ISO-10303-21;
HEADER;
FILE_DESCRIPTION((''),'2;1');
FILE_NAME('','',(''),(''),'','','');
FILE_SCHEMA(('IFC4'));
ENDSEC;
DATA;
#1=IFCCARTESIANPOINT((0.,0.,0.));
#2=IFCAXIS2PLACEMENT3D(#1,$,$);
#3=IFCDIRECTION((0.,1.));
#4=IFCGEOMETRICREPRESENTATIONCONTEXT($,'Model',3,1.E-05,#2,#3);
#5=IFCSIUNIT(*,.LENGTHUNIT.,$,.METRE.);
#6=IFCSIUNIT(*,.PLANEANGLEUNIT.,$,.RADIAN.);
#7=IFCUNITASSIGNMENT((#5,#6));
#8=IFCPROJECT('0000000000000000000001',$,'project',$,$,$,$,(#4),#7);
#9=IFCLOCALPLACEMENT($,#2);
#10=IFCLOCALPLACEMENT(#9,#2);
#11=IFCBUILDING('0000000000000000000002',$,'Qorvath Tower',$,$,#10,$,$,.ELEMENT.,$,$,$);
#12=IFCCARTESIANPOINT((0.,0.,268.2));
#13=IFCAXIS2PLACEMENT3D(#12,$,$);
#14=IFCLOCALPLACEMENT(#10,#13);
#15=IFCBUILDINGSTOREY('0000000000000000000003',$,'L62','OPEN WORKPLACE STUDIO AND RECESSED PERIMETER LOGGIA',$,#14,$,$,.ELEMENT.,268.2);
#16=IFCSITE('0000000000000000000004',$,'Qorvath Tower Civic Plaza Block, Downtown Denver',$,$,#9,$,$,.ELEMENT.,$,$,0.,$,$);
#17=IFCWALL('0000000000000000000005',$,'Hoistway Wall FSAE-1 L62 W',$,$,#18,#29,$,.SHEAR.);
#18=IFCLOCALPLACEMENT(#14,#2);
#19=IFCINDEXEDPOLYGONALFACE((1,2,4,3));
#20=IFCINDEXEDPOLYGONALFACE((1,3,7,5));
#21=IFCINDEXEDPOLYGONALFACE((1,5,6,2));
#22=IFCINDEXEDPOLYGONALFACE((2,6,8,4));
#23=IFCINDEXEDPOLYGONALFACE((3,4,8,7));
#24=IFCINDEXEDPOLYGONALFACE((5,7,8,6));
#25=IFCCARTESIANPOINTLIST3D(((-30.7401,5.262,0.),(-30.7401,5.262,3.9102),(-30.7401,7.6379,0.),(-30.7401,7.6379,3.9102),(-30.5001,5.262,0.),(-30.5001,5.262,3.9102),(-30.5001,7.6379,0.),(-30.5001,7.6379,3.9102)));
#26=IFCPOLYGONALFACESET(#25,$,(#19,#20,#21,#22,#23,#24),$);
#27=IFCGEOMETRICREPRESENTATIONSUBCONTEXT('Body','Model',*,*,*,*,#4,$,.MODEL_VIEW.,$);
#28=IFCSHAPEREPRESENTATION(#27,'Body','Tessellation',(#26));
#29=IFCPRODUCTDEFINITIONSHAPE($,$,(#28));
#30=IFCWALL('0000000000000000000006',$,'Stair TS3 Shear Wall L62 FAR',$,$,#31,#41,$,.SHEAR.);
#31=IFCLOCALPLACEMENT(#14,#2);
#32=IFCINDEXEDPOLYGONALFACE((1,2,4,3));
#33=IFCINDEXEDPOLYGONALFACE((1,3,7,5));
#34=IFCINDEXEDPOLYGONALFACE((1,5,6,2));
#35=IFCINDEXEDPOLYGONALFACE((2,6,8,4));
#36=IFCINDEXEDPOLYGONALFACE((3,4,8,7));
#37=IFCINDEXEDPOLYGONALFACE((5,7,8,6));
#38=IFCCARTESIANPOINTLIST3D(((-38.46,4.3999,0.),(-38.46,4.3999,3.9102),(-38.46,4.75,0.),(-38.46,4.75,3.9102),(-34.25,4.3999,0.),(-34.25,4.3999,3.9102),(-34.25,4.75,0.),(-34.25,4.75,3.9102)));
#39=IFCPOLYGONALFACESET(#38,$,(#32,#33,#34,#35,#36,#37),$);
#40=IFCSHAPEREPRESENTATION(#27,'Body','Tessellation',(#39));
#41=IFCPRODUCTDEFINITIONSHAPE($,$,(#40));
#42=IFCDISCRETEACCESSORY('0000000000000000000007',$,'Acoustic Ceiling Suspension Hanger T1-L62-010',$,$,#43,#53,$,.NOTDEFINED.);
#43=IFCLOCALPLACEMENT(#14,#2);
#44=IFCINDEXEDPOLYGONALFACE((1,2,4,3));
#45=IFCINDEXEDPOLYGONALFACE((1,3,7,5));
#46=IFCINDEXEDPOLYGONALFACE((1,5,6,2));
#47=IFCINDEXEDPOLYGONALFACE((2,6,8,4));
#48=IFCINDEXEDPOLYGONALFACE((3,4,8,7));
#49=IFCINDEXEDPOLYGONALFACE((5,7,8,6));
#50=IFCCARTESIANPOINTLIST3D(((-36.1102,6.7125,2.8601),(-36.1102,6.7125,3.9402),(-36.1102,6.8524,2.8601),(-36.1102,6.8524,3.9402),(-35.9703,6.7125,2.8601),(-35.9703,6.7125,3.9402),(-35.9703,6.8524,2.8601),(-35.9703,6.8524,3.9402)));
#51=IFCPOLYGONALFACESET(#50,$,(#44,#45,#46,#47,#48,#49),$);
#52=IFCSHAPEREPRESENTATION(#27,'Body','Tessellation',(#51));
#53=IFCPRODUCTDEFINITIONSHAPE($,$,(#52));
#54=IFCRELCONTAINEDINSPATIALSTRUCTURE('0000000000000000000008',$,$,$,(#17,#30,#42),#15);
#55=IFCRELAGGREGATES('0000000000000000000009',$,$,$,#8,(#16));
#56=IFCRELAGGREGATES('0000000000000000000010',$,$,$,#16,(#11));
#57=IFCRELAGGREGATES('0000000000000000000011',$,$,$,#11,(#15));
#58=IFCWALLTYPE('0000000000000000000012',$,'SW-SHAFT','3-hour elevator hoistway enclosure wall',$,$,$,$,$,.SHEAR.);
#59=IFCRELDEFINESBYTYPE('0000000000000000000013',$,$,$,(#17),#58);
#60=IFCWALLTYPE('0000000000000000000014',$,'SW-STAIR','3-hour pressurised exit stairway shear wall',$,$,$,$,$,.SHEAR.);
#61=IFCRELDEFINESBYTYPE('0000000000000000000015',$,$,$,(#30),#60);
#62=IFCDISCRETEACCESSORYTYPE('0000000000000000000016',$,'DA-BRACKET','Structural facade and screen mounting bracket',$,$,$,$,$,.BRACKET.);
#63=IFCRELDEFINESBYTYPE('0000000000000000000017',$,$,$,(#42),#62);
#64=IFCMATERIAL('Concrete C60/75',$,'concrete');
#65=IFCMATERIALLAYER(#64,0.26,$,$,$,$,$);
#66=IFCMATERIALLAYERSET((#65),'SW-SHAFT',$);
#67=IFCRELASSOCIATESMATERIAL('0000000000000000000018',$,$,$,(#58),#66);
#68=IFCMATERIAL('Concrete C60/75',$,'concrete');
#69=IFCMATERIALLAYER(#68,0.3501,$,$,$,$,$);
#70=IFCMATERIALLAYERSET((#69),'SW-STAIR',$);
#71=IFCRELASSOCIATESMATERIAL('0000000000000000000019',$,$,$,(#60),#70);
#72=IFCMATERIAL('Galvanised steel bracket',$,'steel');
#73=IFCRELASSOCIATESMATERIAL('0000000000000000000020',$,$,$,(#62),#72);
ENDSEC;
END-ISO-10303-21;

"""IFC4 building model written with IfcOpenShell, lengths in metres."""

from ifc_helpers import new_model, si_unit, direction, frame, frame_2d, origin, origin_2d, place, context, subcontext, project, spatial, rectangle, extrude, material, layer, layer_set, type_object, element, save


model = new_model("IFC4")

# Units and contexts
model_context = context("Model", 3, precision=1e-05, world=origin(), true_north=direction((0.0, 1.0)))
body_context = subcontext(model_context, "Body", "Model", "MODEL_VIEW")
ifc_project = project(units=[si_unit("LENGTHUNIT", "METRE"), si_unit("PLANEANGLEUNIT", "RADIAN")], contexts=[model_context])

# Site, building, storey
site_placement = place(None, origin())
site = spatial("IfcSite", under=ifc_project, at=site_placement, Name="Qorvath Tower Civic Plaza Block, Downtown Denver", CompositionType="ELEMENT", RefElevation=0.0)
building_placement = place(site_placement, origin())
building = spatial("IfcBuilding", under=site, at=building_placement, Name="Qorvath Tower", CompositionType="ELEMENT")
storey_placement = place(building_placement, frame((0.0, 0.0, 268.2)))
storey = spatial("IfcBuildingStorey", under=building, at=storey_placement, Name="L62", Description="OPEN WORKPLACE STUDIO AND RECESSED PERIMETER LOGGIA", CompositionType="ELEMENT", Elevation=268.2)

# Walls
ifc_material_1 = material(Name="Concrete C60/75", Category="concrete")
ifc_layer_1 = layer(ifc_material_1, 0.26)
ifc_layer_set_1 = layer_set([ifc_layer_1], Name="SW-SHAFT")
wall_type_1 = type_object("IfcWallType", Name="SW-SHAFT", Description="3-hour elevator hoistway enclosure wall", PredefinedType="SHEAR", material=ifc_layer_set_1)
wall_1_placement = place(storey_placement, frame((-30.6201, 5.262, 0.0), z_axis=(0.0, 0.0, 1.0), x_axis=(0.0, 1.0, 0.0)))
element("IfcWall", 1, at=wall_1_placement, inside=storey, type_object=wall_type_1, Name="Hoistway Wall FSAE-1 L62 W", PredefinedType="SHEAR", context=body_context, shape_type="SweptSolid", body=[
    extrude(rectangle(XDim=2.376, YDim=0.24, at=frame_2d((1.188, 0.0))), origin(), (0.0, 0.0, 1.0), 3.9102),
])
ifc_material_2 = material(Name="Concrete C60/75", Category="concrete")
ifc_layer_2 = layer(ifc_material_2, 0.3501)
ifc_layer_set_2 = layer_set([ifc_layer_2], Name="SW-STAIR")
wall_type_2 = type_object("IfcWallType", Name="SW-STAIR", Description="3-hour pressurised exit stairway shear wall", PredefinedType="SHEAR", material=ifc_layer_set_2)
wall_2_placement = place(storey_placement, frame((-34.25, 4.575, 0.0), z_axis=(0.0, 0.0, 1.0), x_axis=(-1.0, 0.0, 0.0)))
element("IfcWall", 2, at=wall_2_placement, inside=storey, type_object=wall_type_2, Name="Stair TS3 Shear Wall L62 FAR", PredefinedType="SHEAR", context=body_context, shape_type="SweptSolid", body=[
    extrude(rectangle(XDim=4.21, YDim=0.3501, at=frame_2d((2.105, 0.0))), origin(), (0.0, 0.0, 1.0), 3.9102),
])

# Discrete accessory
ifc_material_3 = material(Name="Galvanised steel bracket", Category="steel")
discrete_accessory_type = type_object("IfcDiscreteAccessoryType", Name="DA-BRACKET", Description="Structural facade and screen mounting bracket", PredefinedType="BRACKET", material=ifc_material_3)
discrete_accessory_placement = place(storey_placement, frame((-36.0403, 6.7825, 2.8601), z_axis=(0.0, 0.0, 1.0), x_axis=(1.0, 0.0, 0.0)))
element("IfcDiscreteAccessory", 3, at=discrete_accessory_placement, inside=storey, type_object=discrete_accessory_type, Name="Acoustic Ceiling Suspension Hanger T1-L62-010", PredefinedType="NOTDEFINED", context=body_context, shape_type="SweptSolid", body=[
    extrude(rectangle(XDim=0.1399, YDim=0.1399, at=origin_2d()), origin(), (0.0, 0.0, 1.0), 1.0801),
])

save(model, "model.ifc")
